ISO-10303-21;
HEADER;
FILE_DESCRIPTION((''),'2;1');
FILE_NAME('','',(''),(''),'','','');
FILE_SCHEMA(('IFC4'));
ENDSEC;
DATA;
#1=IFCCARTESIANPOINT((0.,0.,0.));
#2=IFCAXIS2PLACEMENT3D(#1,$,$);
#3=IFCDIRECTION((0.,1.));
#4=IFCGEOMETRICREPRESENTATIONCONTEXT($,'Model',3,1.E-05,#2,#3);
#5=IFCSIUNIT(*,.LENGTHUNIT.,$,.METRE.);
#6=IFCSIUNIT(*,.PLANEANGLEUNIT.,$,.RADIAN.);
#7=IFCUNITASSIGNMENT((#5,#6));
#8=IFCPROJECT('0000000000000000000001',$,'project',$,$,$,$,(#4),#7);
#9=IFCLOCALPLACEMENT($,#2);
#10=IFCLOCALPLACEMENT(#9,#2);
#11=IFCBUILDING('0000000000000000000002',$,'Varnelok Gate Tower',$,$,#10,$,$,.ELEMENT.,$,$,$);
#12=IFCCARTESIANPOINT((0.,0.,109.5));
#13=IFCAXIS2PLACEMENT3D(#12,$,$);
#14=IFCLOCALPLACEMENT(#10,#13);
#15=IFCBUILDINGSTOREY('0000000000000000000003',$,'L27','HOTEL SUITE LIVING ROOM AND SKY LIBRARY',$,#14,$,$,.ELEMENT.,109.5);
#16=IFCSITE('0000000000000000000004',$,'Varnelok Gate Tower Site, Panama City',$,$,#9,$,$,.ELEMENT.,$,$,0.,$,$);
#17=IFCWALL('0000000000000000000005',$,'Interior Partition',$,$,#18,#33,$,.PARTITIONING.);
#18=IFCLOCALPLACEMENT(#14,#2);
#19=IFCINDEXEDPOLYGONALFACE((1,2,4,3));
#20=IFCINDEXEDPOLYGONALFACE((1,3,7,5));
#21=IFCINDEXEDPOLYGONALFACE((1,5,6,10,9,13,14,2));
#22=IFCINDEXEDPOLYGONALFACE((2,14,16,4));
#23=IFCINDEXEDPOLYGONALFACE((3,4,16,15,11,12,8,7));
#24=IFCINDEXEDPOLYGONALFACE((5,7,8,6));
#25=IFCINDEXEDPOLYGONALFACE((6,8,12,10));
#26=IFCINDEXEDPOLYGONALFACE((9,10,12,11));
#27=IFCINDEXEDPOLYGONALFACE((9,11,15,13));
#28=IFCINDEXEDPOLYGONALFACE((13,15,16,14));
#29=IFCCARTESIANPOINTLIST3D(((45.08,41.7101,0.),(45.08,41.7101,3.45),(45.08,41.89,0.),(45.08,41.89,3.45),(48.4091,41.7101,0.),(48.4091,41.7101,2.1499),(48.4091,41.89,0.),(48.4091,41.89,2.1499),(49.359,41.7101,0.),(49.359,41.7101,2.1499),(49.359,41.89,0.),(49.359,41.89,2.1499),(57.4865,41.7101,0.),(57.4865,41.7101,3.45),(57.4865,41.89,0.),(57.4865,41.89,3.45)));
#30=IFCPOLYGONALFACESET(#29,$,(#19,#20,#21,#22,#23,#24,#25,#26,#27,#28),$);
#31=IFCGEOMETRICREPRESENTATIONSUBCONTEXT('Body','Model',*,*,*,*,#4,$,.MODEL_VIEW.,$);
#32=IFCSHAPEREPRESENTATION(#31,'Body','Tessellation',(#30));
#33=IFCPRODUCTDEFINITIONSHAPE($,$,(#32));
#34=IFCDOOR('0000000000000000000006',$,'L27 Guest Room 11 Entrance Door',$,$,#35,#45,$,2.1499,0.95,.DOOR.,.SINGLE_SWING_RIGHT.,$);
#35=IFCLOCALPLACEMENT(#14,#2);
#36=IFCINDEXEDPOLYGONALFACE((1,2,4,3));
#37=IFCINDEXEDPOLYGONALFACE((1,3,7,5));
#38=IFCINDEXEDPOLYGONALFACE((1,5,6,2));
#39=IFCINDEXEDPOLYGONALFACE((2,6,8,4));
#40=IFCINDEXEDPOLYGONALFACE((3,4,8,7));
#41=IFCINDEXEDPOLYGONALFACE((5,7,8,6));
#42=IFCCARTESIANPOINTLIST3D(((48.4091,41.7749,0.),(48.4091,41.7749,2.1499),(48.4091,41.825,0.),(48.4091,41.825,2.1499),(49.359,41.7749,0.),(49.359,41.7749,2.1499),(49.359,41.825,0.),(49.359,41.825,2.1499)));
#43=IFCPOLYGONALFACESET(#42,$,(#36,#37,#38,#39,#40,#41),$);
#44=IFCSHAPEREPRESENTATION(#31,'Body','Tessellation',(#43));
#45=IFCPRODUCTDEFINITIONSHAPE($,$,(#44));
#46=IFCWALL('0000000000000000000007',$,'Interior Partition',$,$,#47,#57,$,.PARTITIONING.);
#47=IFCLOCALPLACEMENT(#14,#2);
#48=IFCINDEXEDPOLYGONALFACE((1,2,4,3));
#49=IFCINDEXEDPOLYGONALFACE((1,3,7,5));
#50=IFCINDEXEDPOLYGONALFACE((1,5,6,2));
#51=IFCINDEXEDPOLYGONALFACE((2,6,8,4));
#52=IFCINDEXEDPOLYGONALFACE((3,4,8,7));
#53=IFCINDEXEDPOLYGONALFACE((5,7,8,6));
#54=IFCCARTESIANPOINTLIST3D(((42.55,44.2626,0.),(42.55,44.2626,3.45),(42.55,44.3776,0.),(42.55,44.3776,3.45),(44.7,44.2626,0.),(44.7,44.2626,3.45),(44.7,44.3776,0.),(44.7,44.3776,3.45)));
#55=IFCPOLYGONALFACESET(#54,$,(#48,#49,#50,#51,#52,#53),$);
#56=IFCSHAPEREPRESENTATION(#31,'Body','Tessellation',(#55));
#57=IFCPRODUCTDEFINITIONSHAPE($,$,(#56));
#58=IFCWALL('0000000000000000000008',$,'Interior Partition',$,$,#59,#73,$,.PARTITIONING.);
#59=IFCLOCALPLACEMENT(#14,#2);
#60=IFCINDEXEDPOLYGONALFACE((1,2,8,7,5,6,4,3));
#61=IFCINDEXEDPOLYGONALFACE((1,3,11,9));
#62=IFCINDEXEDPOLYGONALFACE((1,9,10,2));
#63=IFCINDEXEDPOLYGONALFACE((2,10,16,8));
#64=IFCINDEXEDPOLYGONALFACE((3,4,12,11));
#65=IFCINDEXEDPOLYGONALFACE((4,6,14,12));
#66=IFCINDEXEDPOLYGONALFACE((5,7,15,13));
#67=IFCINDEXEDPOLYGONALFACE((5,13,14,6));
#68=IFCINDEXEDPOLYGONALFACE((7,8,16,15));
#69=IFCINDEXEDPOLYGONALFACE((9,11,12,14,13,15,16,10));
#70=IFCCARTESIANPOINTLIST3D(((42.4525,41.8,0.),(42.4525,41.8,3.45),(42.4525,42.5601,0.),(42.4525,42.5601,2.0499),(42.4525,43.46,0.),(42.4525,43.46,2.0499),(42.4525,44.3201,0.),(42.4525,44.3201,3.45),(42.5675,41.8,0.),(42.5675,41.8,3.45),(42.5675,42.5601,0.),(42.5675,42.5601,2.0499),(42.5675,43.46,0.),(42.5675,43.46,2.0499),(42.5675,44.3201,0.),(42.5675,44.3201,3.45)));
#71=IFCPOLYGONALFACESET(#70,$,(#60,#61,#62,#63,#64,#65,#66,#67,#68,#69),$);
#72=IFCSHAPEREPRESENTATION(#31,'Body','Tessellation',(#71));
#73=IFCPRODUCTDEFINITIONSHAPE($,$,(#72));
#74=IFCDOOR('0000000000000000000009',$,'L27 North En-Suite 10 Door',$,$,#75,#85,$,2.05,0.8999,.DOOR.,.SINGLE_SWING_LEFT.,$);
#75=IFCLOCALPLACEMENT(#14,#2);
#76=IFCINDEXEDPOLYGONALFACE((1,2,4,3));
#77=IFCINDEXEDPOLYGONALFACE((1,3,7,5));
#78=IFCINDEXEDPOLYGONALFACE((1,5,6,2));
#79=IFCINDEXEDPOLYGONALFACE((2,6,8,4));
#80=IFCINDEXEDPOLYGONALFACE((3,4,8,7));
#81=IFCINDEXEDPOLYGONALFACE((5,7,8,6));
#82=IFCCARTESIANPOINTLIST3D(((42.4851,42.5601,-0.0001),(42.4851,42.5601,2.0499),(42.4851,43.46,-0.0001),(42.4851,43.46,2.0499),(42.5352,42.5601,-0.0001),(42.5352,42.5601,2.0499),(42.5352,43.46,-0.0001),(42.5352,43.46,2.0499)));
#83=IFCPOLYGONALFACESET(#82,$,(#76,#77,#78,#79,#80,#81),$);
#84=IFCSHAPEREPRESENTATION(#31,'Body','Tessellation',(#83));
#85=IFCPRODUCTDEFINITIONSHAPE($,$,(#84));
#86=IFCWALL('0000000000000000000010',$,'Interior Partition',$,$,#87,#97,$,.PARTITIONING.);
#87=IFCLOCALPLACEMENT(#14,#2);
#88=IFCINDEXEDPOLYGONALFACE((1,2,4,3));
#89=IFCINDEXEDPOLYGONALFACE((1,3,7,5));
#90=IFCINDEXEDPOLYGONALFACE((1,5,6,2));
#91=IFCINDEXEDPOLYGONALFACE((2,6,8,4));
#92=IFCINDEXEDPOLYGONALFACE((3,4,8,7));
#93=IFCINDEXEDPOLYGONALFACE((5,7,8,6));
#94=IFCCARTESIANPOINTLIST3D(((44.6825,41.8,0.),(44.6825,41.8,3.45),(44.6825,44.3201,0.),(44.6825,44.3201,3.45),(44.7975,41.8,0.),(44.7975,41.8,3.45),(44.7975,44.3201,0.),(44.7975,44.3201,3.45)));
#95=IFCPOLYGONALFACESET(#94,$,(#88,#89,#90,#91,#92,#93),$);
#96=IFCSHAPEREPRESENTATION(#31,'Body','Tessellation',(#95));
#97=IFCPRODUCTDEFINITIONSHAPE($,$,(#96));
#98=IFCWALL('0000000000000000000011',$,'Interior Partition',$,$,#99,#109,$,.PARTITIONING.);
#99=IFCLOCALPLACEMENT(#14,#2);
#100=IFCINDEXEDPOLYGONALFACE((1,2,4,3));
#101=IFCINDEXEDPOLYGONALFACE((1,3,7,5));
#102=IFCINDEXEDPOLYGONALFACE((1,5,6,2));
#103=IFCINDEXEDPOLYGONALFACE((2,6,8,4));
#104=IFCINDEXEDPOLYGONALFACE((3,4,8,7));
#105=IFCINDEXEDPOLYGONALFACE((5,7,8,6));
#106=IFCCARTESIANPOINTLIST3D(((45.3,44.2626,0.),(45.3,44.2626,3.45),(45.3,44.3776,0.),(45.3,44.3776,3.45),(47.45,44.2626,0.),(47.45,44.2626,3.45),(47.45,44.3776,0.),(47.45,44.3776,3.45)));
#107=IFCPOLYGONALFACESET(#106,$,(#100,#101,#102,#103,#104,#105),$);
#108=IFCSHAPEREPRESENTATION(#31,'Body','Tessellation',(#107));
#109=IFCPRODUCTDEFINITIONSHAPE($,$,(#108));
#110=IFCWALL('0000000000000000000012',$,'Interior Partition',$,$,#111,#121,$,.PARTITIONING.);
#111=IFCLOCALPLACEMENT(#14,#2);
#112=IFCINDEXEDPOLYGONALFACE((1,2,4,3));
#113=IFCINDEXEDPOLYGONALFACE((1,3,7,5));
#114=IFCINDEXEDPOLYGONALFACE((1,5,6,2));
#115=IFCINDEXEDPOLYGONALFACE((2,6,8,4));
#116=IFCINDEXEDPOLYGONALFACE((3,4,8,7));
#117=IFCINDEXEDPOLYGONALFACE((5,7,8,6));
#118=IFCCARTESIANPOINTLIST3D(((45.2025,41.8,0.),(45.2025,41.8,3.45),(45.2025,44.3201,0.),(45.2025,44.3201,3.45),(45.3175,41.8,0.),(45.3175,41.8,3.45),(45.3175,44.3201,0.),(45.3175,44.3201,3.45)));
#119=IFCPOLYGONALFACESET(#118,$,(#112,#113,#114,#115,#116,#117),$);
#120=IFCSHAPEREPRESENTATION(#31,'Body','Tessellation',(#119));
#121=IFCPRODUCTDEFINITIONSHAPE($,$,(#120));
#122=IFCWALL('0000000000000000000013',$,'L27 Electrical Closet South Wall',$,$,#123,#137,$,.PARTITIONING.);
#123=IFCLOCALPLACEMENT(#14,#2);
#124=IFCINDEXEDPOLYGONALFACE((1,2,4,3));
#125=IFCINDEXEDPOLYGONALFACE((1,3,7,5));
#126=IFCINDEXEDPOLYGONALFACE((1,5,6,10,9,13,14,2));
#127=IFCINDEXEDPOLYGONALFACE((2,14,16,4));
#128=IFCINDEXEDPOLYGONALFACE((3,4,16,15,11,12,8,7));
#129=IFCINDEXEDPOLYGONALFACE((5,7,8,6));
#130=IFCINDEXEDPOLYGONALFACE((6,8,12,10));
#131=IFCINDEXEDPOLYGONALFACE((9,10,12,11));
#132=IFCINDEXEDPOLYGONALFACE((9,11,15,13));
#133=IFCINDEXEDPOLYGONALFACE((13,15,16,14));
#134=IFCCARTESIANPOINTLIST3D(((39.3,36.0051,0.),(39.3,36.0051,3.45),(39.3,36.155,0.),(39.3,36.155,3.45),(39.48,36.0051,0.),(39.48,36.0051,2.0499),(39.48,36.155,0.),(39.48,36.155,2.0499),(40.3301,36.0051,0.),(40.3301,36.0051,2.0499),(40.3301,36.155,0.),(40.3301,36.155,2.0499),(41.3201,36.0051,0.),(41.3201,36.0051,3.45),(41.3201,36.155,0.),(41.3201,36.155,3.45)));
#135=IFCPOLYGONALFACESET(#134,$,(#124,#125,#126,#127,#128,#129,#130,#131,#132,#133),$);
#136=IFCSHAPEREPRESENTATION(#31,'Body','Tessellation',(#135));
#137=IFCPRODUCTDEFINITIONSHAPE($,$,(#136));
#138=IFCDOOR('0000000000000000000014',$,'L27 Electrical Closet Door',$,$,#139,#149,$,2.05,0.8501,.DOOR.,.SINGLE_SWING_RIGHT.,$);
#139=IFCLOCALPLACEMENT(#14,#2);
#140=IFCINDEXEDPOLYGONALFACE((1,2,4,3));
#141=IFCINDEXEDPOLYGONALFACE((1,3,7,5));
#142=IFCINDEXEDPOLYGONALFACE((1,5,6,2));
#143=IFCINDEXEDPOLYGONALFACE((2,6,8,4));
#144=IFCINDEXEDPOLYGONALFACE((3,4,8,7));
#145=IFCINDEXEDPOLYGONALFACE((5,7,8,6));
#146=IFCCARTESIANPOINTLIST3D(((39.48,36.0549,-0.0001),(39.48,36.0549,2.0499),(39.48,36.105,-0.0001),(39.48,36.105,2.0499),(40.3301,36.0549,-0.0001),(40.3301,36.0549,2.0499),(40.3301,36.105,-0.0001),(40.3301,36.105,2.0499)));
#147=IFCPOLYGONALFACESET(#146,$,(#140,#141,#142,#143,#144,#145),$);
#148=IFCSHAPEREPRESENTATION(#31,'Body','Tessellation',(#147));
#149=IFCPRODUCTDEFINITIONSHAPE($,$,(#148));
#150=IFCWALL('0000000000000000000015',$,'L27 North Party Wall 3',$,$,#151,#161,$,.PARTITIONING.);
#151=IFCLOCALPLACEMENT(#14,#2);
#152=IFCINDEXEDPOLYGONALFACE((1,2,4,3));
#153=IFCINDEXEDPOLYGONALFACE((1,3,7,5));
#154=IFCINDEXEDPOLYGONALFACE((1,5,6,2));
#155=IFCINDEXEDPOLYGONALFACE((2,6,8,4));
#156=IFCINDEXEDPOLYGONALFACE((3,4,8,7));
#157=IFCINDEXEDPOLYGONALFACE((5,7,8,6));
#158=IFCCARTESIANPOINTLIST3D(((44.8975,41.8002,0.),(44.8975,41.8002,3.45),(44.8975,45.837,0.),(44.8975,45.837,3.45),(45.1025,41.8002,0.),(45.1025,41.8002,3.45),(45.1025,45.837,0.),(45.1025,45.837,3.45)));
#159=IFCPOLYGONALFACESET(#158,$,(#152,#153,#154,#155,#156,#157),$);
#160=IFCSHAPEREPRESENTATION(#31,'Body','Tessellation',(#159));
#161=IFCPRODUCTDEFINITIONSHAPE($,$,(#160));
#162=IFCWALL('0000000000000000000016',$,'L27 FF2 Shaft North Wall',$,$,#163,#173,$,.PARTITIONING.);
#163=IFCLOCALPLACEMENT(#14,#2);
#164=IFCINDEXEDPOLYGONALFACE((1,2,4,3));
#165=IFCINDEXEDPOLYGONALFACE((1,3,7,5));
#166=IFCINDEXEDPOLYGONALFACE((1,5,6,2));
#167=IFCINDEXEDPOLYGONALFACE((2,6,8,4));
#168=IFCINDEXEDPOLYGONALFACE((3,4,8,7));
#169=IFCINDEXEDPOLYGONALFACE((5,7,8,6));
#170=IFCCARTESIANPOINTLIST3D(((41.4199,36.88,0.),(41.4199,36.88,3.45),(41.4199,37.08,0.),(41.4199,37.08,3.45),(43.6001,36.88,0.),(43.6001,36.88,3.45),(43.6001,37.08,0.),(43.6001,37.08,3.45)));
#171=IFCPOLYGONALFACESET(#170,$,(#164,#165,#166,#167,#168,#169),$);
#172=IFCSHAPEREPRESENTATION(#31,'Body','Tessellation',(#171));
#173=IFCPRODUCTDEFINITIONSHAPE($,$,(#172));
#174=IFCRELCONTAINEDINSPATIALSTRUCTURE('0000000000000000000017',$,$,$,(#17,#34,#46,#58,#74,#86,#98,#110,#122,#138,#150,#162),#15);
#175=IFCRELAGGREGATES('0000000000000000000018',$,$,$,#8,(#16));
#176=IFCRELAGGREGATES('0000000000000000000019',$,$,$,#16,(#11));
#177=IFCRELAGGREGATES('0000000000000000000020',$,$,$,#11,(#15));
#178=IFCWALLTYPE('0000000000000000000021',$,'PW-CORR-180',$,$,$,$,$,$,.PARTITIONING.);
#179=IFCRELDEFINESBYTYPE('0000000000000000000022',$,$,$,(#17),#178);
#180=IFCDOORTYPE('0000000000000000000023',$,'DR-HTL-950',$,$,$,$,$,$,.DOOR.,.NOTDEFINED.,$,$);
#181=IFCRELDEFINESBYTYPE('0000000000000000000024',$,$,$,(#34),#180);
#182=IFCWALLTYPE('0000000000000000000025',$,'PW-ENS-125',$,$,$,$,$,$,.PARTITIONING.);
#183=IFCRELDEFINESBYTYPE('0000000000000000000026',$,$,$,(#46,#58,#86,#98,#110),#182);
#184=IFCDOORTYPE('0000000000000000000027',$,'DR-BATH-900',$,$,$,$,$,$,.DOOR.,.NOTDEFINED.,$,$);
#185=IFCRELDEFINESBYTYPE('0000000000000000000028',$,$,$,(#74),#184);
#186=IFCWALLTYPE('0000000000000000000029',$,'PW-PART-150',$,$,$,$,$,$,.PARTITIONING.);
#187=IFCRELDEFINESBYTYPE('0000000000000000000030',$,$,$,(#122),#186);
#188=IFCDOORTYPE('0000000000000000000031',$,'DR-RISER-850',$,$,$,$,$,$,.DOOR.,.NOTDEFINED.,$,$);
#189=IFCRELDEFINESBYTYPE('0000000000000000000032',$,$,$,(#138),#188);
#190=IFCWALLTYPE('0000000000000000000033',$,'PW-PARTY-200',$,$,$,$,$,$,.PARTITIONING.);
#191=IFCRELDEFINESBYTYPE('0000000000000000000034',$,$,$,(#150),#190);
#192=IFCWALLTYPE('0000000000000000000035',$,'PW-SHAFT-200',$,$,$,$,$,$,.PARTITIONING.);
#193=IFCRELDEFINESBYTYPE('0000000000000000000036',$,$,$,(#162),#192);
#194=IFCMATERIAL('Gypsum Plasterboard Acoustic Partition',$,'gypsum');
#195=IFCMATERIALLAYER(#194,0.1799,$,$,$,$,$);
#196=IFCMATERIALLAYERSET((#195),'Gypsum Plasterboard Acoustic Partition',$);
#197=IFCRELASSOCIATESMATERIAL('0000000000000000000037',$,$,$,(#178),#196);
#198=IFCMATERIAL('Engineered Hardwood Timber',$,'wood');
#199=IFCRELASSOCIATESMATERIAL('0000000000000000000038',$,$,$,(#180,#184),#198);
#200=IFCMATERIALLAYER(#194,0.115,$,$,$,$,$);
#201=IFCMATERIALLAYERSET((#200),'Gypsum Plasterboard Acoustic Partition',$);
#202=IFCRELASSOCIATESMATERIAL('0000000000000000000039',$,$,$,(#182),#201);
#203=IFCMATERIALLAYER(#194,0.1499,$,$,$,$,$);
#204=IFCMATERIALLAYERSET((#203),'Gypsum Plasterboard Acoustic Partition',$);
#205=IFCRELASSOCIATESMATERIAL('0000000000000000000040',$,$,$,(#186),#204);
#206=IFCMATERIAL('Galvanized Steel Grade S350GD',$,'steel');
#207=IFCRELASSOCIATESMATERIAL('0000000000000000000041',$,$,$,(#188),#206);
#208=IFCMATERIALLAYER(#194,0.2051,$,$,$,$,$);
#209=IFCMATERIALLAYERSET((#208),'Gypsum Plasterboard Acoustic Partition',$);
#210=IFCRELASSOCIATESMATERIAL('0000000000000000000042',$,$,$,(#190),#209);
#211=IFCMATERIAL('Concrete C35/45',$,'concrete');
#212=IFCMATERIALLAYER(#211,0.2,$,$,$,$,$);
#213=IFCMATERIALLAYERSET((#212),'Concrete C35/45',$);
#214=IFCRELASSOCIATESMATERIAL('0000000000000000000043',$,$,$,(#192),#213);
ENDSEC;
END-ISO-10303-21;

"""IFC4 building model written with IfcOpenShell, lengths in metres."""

from ifc_helpers import new_model, si_unit, direction, frame, frame_2d, origin, place, context, subcontext, project, spatial, rectangle, extrude, material, layer, layer_set, type_object, element, fill, save


model = new_model("IFC4")

# Units and contexts
model_context = context("Model", 3, precision=1e-05, world=origin(), true_north=direction((0.0, 1.0)))
body_context = subcontext(model_context, "Body", "Model", "MODEL_VIEW")
ifc_project = project(units=[si_unit("LENGTHUNIT", "METRE"), si_unit("PLANEANGLEUNIT", "RADIAN")], contexts=[model_context])

# Site, building, storey
site_placement = place(None, origin())
site = spatial("IfcSite", under=ifc_project, at=site_placement, Name="Varnelok Gate Tower Site, Panama City", CompositionType="ELEMENT", RefElevation=0.0)
building_placement = place(site_placement, origin())
building = spatial("IfcBuilding", under=site, at=building_placement, Name="Varnelok Gate Tower", CompositionType="ELEMENT")
storey_placement = place(building_placement, frame((0.0, 0.0, 109.5)))
storey = spatial("IfcBuildingStorey", under=building, at=storey_placement, Name="L27", Description="HOTEL SUITE LIVING ROOM AND SKY LIBRARY", CompositionType="ELEMENT", Elevation=109.5)

# Wall, opening, door
ifc_material_1 = material(Name="Gypsum Plasterboard Acoustic Partition", Category="gypsum")
ifc_layer_1 = layer(ifc_material_1, 0.1799)
ifc_layer_set_1 = layer_set([ifc_layer_1], Name="Gypsum Plasterboard Acoustic Partition")
wall_type_1 = type_object("IfcWallType", Name="PW-CORR-180", PredefinedType="PARTITIONING", material=ifc_layer_set_1)
wall_1_placement = place(storey_placement, frame((45.0801, 41.8, 0.0), z_axis=(0.0, 0.0, 1.0), x_axis=(1.0, 0.0, 0.0)))
wall_1 = element("IfcWall", 1, at=wall_1_placement, inside=storey, type_object=wall_type_1, Name="Interior Partition", PredefinedType="PARTITIONING", context=body_context, shape_type="SweptSolid", body=[
    extrude(rectangle(XDim=12.4065, YDim=0.1799, at=frame_2d((6.2031, 0.0))), origin(), (0.0, 0.0, 1.0), 3.45),
])
opening_1_placement = place(wall_1_placement, frame((3.3289, 0.0, 0.0)))
opening_1 = element("IfcOpeningElement", 2, at=opening_1_placement, cuts=wall_1, PredefinedType="OPENING", context=body_context, shape_type="SweptSolid", body=[
    extrude(rectangle(XDim=0.95, YDim=2.1499, at=frame_2d((0.4751, 1.075))), frame((0.0, 0.0999, 0.0), z_axis=(0.0, -1.0, 0.0), x_axis=(1.0, 0.0, 0.0)), (0.0, 0.0, 1.0), 0.2),
])
ifc_material_2 = material(Name="Engineered Hardwood Timber", Category="wood")
door_type_1 = type_object("IfcDoorType", Name="DR-HTL-950", OperationType="NOTDEFINED", PredefinedType="DOOR", material=ifc_material_2)
door_1_placement = place(opening_1_placement, origin())
door_1 = element("IfcDoor", 3, at=door_1_placement, inside=storey, type_object=door_type_1, Name="L27 Guest Room 11 Entrance Door", OperationType="SINGLE_SWING_RIGHT", OverallHeight=2.1499, OverallWidth=0.95, PredefinedType="DOOR", context=body_context, shape_type="SweptSolid", body=[
    extrude(rectangle(XDim=0.95, YDim=2.1499, at=frame_2d((0.4751, 1.075))), frame((0.0, 0.0249, 0.0), z_axis=(0.0, -1.0, 0.0), x_axis=(1.0, 0.0, 0.0)), (0.0, 0.0, 1.0), 0.05),
])
fill(opening_1, door_1)

# Wall
ifc_layer_2 = layer(ifc_material_1, 0.115)
ifc_layer_set_2 = layer_set([ifc_layer_2], Name="Gypsum Plasterboard Acoustic Partition")
wall_type_2 = type_object("IfcWallType", Name="PW-ENS-125", PredefinedType="PARTITIONING", material=ifc_layer_set_2)
wall_2_placement = place(storey_placement, frame((42.55, 44.3201, 0.0), z_axis=(0.0, 0.0, 1.0), x_axis=(1.0, 0.0, 0.0)))
element("IfcWall", 4, at=wall_2_placement, inside=storey, type_object=wall_type_2, Name="Interior Partition", PredefinedType="PARTITIONING", context=body_context, shape_type="SweptSolid", body=[
    extrude(rectangle(XDim=2.1499, YDim=0.115, at=frame_2d((1.075, 0.0))), origin(), (0.0, 0.0, 1.0), 3.45),
])

# Wall, opening, door
wall_3_placement = place(storey_placement, frame((42.51, 41.8, 0.0), z_axis=(0.0, 0.0, 1.0), x_axis=(0.0, 1.0, 0.0)))
wall_3 = element("IfcWall", 5, at=wall_3_placement, inside=storey, type_object=wall_type_2, Name="Interior Partition", PredefinedType="PARTITIONING", context=body_context, shape_type="SweptSolid", body=[
    extrude(rectangle(XDim=2.52, YDim=0.115, at=frame_2d((1.26, 0.0))), origin(), (0.0, 0.0, 1.0), 3.45),
])
opening_2_placement = place(wall_3_placement, frame((0.76, 0.0, 0.0)))
opening_2 = element("IfcOpeningElement", 6, at=opening_2_placement, cuts=wall_3, PredefinedType="OPENING", context=body_context, shape_type="SweptSolid", body=[
    extrude(rectangle(XDim=0.8999, YDim=2.05, at=frame_2d((0.45, 1.0249))), frame((0.0, 0.0674, 0.0), z_axis=(0.0, -1.0, 0.0), x_axis=(1.0, 0.0, 0.0)), (0.0, 0.0, 1.0), 0.135),
])
door_type_2 = type_object("IfcDoorType", Name="DR-BATH-900", OperationType="NOTDEFINED", PredefinedType="DOOR", material=ifc_material_2)
door_2_placement = place(opening_2_placement, origin())
door_2 = element("IfcDoor", 7, at=door_2_placement, inside=storey, type_object=door_type_2, Name="L27 North En-Suite 10 Door", OperationType="SINGLE_SWING_LEFT", OverallHeight=2.05, OverallWidth=0.8999, PredefinedType="DOOR", context=body_context, shape_type="SweptSolid", body=[
    extrude(rectangle(XDim=0.8999, YDim=2.05, at=frame_2d((0.45, 1.0249))), frame((0.0, 0.0249, 0.0), z_axis=(0.0, -1.0, 0.0), x_axis=(1.0, 0.0, 0.0)), (0.0, 0.0, 1.0), 0.05),
])
fill(opening_2, door_2)

# Walls
wall_4_placement = place(storey_placement, frame((44.74, 41.8, 0.0), z_axis=(0.0, 0.0, 1.0), x_axis=(0.0, 1.0, 0.0)))
element("IfcWall", 8, at=wall_4_placement, inside=storey, type_object=wall_type_2, Name="Interior Partition", PredefinedType="PARTITIONING", context=body_context, shape_type="SweptSolid", body=[
    extrude(rectangle(XDim=2.52, YDim=0.115, at=frame_2d((1.26, 0.0))), origin(), (0.0, 0.0, 1.0), 3.45),
])
wall_5_placement = place(storey_placement, frame((45.3, 44.3201, 0.0), z_axis=(0.0, 0.0, 1.0), x_axis=(1.0, 0.0, 0.0)))
element("IfcWall", 9, at=wall_5_placement, inside=storey, type_object=wall_type_2, Name="Interior Partition", PredefinedType="PARTITIONING", context=body_context, shape_type="SweptSolid", body=[
    extrude(rectangle(XDim=2.1499, YDim=0.115, at=frame_2d((1.075, 0.0))), origin(), (0.0, 0.0, 1.0), 3.45),
])
wall_6_placement = place(storey_placement, frame((45.26, 41.8, 0.0), z_axis=(0.0, 0.0, 1.0), x_axis=(0.0, 1.0, 0.0)))
element("IfcWall", 10, at=wall_6_placement, inside=storey, type_object=wall_type_2, Name="Interior Partition", PredefinedType="PARTITIONING", context=body_context, shape_type="SweptSolid", body=[
    extrude(rectangle(XDim=2.52, YDim=0.115, at=frame_2d((1.26, 0.0))), origin(), (0.0, 0.0, 1.0), 3.45),
])

# Wall, opening, door
ifc_layer_3 = layer(ifc_material_1, 0.1499)
ifc_layer_set_3 = layer_set([ifc_layer_3], Name="Gypsum Plasterboard Acoustic Partition")
wall_type_3 = type_object("IfcWallType", Name="PW-PART-150", PredefinedType="PARTITIONING", material=ifc_layer_set_3)
wall_7_placement = place(storey_placement, frame((39.3, 36.0801, 0.0), z_axis=(0.0, 0.0, 1.0), x_axis=(1.0, 0.0, 0.0)))
wall_7 = element("IfcWall", 11, at=wall_7_placement, inside=storey, type_object=wall_type_3, Name="L27 Electrical Closet South Wall", PredefinedType="PARTITIONING", context=body_context, shape_type="SweptSolid", body=[
    extrude(rectangle(XDim=2.02, YDim=0.1499, at=frame_2d((1.01, 0.0))), origin(), (0.0, 0.0, 1.0), 3.45),
])
opening_3_placement = place(wall_7_placement, frame((0.1799, 0.0, 0.0)))
opening_3 = element("IfcOpeningElement", 12, at=opening_3_placement, cuts=wall_7, PredefinedType="OPENING", context=body_context, shape_type="SweptSolid", body=[
    extrude(rectangle(XDim=0.8501, YDim=2.05, at=frame_2d((0.425, 1.0249))), frame((0.0, 0.085, 0.0), z_axis=(0.0, -1.0, 0.0), x_axis=(1.0, 0.0, 0.0)), (0.0, 0.0, 1.0), 0.1699),
])
ifc_material_3 = material(Name="Galvanized Steel Grade S350GD", Category="steel")
door_type_3 = type_object("IfcDoorType", Name="DR-RISER-850", OperationType="NOTDEFINED", PredefinedType="DOOR", material=ifc_material_3)
door_3_placement = place(opening_3_placement, origin())
door_3 = element("IfcDoor", 13, at=door_3_placement, inside=storey, type_object=door_type_3, Name="L27 Electrical Closet Door", OperationType="SINGLE_SWING_RIGHT", OverallHeight=2.05, OverallWidth=0.8501, PredefinedType="DOOR", context=body_context, shape_type="SweptSolid", body=[
    extrude(rectangle(XDim=0.8501, YDim=2.05, at=frame_2d((0.425, 1.0249))), frame((0.0, 0.0249, 0.0), z_axis=(0.0, -1.0, 0.0), x_axis=(1.0, 0.0, 0.0)), (0.0, 0.0, 1.0), 0.05),
])
fill(opening_3, door_3)

# Walls
ifc_layer_4 = layer(ifc_material_1, 0.2051)
ifc_layer_set_4 = layer_set([ifc_layer_4], Name="Gypsum Plasterboard Acoustic Partition")
wall_type_4 = type_object("IfcWallType", Name="PW-PARTY-200", PredefinedType="PARTITIONING", material=ifc_layer_set_4)
wall_8_placement = place(storey_placement, frame((45.0, 41.8, 0.0), z_axis=(0.0, 0.0, 1.0), x_axis=(0.0, 1.0, 0.0)))
element("IfcWall", 14, at=wall_8_placement, inside=storey, type_object=wall_type_4, Name="L27 North Party Wall 3", PredefinedType="PARTITIONING", context=body_context, shape_type="SweptSolid", body=[
    extrude(rectangle(XDim=4.0369, YDim=0.2051, at=frame_2d((2.0186, 0.0))), origin(), (0.0, 0.0, 1.0), 3.45),
])
ifc_material_4 = material(Name="Concrete C35/45", Category="concrete")
ifc_layer_5 = layer(ifc_material_4, 0.2)
ifc_layer_set_5 = layer_set([ifc_layer_5], Name="Concrete C35/45")
wall_type_5 = type_object("IfcWallType", Name="PW-SHAFT-200", PredefinedType="PARTITIONING", material=ifc_layer_set_5)
wall_9_placement = place(storey_placement, frame((41.4199, 36.98, 0.0), z_axis=(0.0, 0.0, 1.0), x_axis=(1.0, 0.0, 0.0)))
element("IfcWall", 15, at=wall_9_placement, inside=storey, type_object=wall_type_5, Name="L27 FF2 Shaft North Wall", PredefinedType="PARTITIONING", context=body_context, shape_type="SweptSolid", body=[
    extrude(rectangle(XDim=2.1802, YDim=0.2, at=frame_2d((1.0901, 0.0))), origin(), (0.0, 0.0, 1.0), 3.45),
])

save(model, "model.ifc")
